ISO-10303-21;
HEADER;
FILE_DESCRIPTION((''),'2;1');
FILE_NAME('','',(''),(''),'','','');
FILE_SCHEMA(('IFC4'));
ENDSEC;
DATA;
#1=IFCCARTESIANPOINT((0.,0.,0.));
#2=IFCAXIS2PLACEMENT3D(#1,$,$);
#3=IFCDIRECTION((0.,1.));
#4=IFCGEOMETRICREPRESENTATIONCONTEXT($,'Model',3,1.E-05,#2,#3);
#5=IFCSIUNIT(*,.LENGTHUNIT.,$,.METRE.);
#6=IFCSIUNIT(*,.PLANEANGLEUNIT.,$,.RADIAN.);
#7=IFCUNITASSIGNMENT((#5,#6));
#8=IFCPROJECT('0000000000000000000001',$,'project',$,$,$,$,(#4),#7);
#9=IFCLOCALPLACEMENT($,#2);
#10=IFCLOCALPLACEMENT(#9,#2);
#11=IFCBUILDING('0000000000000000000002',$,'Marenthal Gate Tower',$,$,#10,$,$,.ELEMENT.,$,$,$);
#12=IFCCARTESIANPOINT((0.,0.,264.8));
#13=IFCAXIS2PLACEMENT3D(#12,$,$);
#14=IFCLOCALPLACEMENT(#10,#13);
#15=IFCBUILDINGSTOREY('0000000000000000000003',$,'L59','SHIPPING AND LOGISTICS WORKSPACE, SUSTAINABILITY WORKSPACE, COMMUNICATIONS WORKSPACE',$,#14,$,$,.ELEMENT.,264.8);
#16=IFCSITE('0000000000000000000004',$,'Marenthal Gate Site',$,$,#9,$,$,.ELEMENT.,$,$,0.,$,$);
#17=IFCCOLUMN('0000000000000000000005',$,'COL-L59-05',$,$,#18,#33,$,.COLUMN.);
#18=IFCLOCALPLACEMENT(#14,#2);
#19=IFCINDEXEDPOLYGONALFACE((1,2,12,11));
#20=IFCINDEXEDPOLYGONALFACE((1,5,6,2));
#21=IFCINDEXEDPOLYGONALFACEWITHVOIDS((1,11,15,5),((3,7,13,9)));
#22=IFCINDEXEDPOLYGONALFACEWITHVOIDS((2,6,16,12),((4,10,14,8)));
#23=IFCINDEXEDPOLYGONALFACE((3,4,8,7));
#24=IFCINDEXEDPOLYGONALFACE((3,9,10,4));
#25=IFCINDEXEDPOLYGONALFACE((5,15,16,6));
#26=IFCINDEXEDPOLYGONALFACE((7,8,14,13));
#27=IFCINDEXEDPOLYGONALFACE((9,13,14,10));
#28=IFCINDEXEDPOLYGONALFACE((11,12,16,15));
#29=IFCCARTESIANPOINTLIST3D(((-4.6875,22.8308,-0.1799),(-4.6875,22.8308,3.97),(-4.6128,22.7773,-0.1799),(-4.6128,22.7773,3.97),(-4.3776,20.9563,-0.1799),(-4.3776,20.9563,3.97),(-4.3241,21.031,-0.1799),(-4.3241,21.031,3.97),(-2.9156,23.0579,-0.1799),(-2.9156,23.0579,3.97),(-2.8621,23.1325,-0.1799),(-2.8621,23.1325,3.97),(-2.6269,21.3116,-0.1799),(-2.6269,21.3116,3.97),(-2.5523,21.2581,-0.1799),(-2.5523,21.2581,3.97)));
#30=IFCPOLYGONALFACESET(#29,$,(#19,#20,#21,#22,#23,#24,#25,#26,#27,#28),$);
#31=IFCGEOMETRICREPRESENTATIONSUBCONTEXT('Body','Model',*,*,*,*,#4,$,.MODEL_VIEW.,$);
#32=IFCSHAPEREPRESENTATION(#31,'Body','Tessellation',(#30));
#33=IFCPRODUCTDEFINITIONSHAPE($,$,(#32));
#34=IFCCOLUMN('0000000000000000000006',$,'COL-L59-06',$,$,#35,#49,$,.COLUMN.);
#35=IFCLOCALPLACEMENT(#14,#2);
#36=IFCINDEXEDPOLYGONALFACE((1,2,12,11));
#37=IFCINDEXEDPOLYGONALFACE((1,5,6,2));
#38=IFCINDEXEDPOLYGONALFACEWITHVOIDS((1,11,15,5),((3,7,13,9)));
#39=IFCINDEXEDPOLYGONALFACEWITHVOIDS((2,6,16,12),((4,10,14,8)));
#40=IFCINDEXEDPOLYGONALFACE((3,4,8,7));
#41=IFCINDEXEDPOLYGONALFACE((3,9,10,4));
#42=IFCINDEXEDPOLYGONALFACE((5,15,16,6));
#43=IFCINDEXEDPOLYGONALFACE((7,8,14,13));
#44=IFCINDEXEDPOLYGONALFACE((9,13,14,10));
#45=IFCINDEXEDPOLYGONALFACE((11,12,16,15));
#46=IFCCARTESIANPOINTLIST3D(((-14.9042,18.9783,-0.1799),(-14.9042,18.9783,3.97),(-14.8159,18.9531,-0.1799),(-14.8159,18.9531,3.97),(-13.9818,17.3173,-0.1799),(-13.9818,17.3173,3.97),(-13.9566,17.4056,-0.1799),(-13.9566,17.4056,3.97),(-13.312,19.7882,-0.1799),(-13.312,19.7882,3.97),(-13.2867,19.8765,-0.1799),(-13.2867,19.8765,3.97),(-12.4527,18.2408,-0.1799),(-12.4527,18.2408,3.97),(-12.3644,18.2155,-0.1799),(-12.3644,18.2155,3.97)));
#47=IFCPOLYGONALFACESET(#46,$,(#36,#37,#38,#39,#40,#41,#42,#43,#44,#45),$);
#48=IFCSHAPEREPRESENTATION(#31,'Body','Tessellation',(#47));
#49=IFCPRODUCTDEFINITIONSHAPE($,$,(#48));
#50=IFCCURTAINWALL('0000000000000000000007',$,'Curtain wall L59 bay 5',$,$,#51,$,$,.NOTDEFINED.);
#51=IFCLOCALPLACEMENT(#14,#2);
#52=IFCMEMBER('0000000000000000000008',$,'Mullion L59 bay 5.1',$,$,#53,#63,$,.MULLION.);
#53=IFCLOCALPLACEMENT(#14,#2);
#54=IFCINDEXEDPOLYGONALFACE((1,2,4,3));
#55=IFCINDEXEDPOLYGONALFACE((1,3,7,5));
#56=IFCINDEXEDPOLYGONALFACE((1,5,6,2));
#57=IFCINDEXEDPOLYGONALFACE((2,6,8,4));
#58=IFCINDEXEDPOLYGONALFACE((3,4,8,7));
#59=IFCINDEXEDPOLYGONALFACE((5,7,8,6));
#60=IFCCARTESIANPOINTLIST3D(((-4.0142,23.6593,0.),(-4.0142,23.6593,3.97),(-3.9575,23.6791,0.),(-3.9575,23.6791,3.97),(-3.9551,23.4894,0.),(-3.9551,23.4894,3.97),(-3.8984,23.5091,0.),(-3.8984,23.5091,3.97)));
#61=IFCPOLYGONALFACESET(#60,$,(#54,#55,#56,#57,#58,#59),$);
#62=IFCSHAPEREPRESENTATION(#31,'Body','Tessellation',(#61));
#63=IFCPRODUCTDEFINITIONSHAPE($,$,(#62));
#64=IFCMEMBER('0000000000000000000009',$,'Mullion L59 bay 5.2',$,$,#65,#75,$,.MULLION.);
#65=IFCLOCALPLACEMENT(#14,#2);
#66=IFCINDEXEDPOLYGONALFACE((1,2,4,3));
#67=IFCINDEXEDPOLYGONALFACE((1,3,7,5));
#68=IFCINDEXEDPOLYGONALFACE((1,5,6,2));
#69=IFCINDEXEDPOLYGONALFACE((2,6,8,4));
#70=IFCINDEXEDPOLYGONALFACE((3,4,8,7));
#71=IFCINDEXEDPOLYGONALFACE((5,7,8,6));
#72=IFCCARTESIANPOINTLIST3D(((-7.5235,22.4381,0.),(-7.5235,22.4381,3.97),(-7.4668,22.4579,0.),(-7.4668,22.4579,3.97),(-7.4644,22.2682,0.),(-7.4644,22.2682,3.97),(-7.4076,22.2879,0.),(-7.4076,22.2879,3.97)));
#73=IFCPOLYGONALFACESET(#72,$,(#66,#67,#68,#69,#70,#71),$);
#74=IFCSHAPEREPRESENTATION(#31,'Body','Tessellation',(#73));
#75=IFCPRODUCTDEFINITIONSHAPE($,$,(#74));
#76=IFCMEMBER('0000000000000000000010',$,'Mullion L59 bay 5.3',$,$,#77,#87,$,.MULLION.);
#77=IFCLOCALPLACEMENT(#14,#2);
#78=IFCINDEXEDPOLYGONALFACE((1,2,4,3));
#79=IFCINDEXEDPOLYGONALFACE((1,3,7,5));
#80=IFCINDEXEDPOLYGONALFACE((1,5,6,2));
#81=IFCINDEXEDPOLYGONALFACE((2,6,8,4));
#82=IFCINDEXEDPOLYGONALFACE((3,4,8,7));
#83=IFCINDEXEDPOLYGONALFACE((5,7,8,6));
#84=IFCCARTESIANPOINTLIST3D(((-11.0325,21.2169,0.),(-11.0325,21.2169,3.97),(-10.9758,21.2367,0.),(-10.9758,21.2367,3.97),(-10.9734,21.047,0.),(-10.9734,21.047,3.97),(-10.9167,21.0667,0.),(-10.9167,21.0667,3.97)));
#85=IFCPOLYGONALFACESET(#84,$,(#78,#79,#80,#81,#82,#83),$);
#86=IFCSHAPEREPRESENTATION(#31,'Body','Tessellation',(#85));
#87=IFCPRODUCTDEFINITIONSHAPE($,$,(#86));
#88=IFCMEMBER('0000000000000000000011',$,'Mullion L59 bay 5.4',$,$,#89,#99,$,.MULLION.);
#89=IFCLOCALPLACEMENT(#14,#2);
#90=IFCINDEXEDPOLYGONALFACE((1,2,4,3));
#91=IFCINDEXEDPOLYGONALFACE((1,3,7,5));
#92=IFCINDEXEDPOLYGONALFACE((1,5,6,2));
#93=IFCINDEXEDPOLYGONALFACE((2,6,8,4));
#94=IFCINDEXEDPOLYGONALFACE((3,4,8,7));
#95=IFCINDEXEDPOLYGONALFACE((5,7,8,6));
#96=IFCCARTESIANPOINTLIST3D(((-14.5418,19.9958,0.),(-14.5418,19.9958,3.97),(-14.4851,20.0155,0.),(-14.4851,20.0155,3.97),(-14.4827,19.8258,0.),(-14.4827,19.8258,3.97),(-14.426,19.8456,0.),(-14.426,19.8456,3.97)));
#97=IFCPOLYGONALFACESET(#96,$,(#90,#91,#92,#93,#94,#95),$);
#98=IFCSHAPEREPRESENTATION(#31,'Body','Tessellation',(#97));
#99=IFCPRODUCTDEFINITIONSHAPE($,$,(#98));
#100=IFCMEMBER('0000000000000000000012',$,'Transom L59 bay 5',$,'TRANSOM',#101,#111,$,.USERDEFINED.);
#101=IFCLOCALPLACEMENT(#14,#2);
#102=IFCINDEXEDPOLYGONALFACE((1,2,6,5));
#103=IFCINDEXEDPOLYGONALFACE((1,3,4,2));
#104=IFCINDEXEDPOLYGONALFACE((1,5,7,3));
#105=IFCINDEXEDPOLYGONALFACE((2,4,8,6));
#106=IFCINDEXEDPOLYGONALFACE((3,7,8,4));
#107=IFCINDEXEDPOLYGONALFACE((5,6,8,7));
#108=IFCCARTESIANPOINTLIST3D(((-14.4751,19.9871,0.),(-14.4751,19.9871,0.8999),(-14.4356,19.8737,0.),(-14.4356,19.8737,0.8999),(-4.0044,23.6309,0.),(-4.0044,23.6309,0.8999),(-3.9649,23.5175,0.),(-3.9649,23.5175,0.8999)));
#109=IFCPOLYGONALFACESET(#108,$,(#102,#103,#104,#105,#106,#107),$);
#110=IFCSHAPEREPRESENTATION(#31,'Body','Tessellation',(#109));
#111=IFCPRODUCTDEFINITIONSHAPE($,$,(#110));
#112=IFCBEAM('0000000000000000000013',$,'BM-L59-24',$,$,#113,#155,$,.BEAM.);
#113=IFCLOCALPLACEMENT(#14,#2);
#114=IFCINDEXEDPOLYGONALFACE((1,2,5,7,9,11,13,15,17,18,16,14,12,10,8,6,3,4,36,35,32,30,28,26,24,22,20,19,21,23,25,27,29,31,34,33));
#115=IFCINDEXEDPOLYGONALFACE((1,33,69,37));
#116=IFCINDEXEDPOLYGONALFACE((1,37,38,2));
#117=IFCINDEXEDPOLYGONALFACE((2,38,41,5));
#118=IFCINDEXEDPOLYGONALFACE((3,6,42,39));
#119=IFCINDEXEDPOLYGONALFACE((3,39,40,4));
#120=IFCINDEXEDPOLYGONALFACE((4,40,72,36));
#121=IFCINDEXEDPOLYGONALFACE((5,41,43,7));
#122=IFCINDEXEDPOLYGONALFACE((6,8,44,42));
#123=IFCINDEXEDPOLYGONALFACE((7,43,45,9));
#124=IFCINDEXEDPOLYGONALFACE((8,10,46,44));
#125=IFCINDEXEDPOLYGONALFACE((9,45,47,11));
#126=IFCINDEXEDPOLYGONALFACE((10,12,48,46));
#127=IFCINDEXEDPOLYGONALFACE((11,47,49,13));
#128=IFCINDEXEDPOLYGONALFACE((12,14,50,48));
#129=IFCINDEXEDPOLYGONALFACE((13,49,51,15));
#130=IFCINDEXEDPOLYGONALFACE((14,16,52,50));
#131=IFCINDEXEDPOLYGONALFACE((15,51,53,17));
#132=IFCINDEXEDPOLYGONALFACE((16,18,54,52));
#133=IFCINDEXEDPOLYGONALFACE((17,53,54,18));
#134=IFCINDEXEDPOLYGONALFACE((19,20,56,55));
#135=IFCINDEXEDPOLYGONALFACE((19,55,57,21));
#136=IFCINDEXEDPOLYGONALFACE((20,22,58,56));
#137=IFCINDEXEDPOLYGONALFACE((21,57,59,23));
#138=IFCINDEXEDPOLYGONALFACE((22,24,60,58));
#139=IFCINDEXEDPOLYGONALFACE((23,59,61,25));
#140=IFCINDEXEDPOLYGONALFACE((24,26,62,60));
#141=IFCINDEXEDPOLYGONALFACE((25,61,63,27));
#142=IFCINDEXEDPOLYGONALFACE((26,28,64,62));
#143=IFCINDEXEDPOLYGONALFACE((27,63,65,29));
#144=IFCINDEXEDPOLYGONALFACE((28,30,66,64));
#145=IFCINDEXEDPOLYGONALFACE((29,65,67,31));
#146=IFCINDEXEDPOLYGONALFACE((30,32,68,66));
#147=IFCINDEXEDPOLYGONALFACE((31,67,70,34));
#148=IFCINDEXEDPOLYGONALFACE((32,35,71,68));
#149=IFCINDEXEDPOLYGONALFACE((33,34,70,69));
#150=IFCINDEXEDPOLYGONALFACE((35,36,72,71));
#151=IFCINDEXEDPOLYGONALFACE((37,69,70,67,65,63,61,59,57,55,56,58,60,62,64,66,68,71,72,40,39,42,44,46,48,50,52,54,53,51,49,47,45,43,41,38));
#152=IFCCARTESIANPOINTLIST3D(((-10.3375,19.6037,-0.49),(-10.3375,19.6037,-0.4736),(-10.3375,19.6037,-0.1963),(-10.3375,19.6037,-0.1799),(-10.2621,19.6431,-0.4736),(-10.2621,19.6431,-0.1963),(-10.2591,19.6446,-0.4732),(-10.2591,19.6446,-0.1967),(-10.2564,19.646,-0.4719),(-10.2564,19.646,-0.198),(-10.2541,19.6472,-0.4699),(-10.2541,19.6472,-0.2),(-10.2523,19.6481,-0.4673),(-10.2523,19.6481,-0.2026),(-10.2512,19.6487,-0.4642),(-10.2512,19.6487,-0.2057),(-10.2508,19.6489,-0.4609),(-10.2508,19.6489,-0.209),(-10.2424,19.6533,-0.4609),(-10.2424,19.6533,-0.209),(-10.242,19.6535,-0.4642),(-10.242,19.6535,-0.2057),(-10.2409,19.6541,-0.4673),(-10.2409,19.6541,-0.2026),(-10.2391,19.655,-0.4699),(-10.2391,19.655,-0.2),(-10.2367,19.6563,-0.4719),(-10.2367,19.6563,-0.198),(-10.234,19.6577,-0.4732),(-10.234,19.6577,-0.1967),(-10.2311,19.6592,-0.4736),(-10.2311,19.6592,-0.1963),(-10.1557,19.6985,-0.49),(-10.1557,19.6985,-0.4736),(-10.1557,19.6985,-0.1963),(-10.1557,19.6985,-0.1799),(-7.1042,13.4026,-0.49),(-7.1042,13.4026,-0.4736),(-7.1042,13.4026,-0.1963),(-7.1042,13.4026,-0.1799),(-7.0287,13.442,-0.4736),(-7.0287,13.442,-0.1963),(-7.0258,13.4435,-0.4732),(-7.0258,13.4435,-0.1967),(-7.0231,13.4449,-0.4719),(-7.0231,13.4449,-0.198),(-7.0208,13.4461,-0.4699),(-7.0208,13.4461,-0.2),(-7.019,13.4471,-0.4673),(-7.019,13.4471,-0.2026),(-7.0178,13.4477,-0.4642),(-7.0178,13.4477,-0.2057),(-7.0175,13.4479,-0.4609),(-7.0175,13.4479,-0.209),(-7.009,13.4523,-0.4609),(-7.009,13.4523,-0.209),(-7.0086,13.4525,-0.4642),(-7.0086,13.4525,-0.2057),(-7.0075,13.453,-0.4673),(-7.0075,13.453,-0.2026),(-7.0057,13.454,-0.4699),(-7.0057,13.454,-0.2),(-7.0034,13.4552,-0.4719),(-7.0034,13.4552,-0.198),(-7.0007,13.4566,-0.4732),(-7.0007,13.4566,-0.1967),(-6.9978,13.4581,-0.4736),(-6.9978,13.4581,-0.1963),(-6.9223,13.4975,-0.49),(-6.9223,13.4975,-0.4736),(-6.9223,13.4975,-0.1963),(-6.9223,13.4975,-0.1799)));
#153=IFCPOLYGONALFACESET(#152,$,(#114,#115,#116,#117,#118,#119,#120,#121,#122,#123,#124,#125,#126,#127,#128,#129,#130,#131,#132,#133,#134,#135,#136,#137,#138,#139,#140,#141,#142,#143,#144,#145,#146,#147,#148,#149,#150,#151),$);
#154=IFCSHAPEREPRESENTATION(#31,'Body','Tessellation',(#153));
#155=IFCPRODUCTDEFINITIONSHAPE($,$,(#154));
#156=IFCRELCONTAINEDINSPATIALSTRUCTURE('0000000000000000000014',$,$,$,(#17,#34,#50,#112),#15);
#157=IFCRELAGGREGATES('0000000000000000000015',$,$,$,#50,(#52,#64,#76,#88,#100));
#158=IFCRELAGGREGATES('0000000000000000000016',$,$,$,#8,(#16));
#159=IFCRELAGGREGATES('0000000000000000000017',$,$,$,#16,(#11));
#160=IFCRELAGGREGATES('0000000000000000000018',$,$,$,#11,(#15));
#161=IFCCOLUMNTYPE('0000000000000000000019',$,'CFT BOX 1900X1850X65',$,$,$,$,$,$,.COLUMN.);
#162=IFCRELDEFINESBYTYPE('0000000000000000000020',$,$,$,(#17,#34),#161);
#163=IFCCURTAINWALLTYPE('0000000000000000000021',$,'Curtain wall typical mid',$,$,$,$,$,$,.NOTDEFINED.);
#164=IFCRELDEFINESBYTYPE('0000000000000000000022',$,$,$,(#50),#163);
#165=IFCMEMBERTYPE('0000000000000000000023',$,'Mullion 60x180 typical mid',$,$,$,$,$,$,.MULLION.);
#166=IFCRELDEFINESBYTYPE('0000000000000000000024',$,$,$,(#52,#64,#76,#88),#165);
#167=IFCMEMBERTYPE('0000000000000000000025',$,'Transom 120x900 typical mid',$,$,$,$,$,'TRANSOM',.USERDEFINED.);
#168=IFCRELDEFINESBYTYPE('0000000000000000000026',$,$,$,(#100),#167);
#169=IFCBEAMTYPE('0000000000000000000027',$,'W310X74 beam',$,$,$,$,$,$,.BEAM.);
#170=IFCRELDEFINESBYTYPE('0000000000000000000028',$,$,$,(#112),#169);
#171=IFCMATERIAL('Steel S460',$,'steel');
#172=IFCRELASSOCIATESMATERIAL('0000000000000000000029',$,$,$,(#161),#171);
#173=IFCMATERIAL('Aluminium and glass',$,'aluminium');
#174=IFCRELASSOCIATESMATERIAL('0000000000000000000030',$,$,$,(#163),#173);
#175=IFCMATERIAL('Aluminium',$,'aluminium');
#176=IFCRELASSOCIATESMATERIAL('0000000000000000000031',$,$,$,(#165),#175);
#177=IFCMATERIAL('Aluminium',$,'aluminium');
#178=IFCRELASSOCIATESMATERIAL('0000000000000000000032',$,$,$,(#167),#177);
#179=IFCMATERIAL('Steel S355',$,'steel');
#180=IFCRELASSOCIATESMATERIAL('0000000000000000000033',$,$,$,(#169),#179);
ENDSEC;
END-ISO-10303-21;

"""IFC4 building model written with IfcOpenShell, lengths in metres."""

from ifc_helpers import new_model, si_unit, direction, frame, origin, origin_2d, place, context, subcontext, project, spatial, rectangle, hollow_rectangle, i_section, extrude, material, material_profile, profile_set, type_object, element, aggregate, save


model = new_model("IFC4")

# Units and contexts
model_context = context("Model", 3, precision=1e-05, world=origin(), true_north=direction((0.0, 1.0)))
body_context = subcontext(model_context, "Body", "Model", "MODEL_VIEW")
ifc_project = project(units=[si_unit("LENGTHUNIT", "METRE"), si_unit("PLANEANGLEUNIT", "RADIAN")], contexts=[model_context])

# Site, building, storey
site_placement = place(None, origin())
site = spatial("IfcSite", under=ifc_project, at=site_placement, Name="Marenthal Gate Site", CompositionType="ELEMENT", RefElevation=0.0)
building_placement = place(site_placement, origin())
building = spatial("IfcBuilding", under=site, at=building_placement, Name="Marenthal Gate Tower", CompositionType="ELEMENT")
storey_placement = place(building_placement, frame((0.0, 0.0, 264.8)))
storey = spatial("IfcBuildingStorey", under=building, at=storey_placement, Name="L59", Description="SHIPPING AND LOGISTICS WORKSPACE, SUSTAINABILITY WORKSPACE, COMMUNICATIONS WORKSPACE", CompositionType="ELEMENT", Elevation=264.8)

# Columns
ifc_material_1 = material(Name="Steel S460", Category="steel")
ifc_material_profile_1 = material_profile(ifc_material_1, hollow_rectangle(XDim=1.8501, YDim=1.8999, WallThickness=0.0649, at=origin_2d()), Name="CFT BOX 1900X1850X65")
ifc_material_2 = material(Name="Concrete 70 MPa", Category="concrete")
ifc_material_profile_2 = material_profile(ifc_material_2, rectangle(XDim=1.72, YDim=1.77, at=origin_2d()), Name="CFT BOX 1900X1850X65 INFILL")
ifc_profile_set_1 = profile_set([ifc_material_profile_1, ifc_material_profile_2], Name="Steel S460 shell, Concrete 70 MPa infill")
column_type = type_object("IfcColumnType", Name="CFT BOX 1900X1850X65", PredefinedType="COLUMN", material=ifc_profile_set_1)
for number, where, z_axis, x_axis, name in (
    (1, (-3.6199, 22.0444, -0.1799), (0.0, 0.0, 1.0), (0.98661, 0.163097, 0.0), "COL-L59-05"),
    (2, (-13.6343, 18.5969, -0.1799), (0.0, 0.0, 1.0), (0.874251, 0.485475, 0.0), "COL-L59-06"),
):
    element("IfcColumn", number, at=place(storey_placement, frame(where, z_axis=z_axis, x_axis=x_axis)), inside=storey, type_object=column_type, Name=name, PredefinedType="COLUMN", context=body_context, shape_type="SweptSolid", body=[
        extrude(hollow_rectangle(XDim=1.8501, YDim=1.8999, WallThickness=0.0649, at=origin_2d()), origin(), (0.0, 0.0, 1.0), 4.1499),
    ])

# Curtain wall, members
ifc_material_3 = material(Name="Aluminium and glass", Category="aluminium")
curtain_wall_type = type_object("IfcCurtainWallType", Name="Curtain wall typical mid", PredefinedType="NOTDEFINED", material=ifc_material_3)
curtain_wall_placement = place(storey_placement, origin())
curtain_wall = element("IfcCurtainWall", 3, at=curtain_wall_placement, inside=storey, type_object=curtain_wall_type, Name="Curtain wall L59 bay 5", PredefinedType="NOTDEFINED")
ifc_material_4 = material(Name="Aluminium", Category="aluminium")
ifc_material_profile_3 = material_profile(ifc_material_4, rectangle(XDim=0.1799, YDim=0.0601, at=origin_2d()), Name="60x180 aluminium mullion")
ifc_profile_set_2 = profile_set([ifc_material_profile_3], Name="Aluminium")
member_type_1 = type_object("IfcMemberType", Name="Mullion 60x180 typical mid", PredefinedType="MULLION", material=ifc_profile_set_2)
member_1_placement = place(storey_placement, frame((-3.9563, 23.5842, 0.0), z_axis=(0.0, 0.0, 1.0), x_axis=(0.32867, -0.944445, 0.0)))
member_1 = element("IfcMember", 4, at=member_1_placement, type_object=member_type_1, Name="Mullion L59 bay 5.1", PredefinedType="MULLION", context=body_context, shape_type="SweptSolid", body=[
    extrude(rectangle(XDim=0.1799, YDim=0.0601, at=origin_2d()), origin(), (0.0, 0.0, 1.0), 3.97),
])
member_2_placement = place(storey_placement, frame((-7.4656, 22.363, 0.0), z_axis=(0.0, 0.0, 1.0), x_axis=(0.32867, -0.944445, 0.0)))
member_2 = element("IfcMember", 5, at=member_2_placement, type_object=member_type_1, Name="Mullion L59 bay 5.2", PredefinedType="MULLION", context=body_context, shape_type="SweptSolid", body=[
    extrude(rectangle(XDim=0.1799, YDim=0.0601, at=origin_2d()), origin(), (0.0, 0.0, 1.0), 3.97),
])
member_3_placement = place(storey_placement, frame((-10.9746, 21.1418, 0.0), z_axis=(0.0, 0.0, 1.0), x_axis=(0.32867, -0.944445, 0.0)))
member_3 = element("IfcMember", 6, at=member_3_placement, type_object=member_type_1, Name="Mullion L59 bay 5.3", PredefinedType="MULLION", context=body_context, shape_type="SweptSolid", body=[
    extrude(rectangle(XDim=0.1799, YDim=0.0601, at=origin_2d()), origin(), (0.0, 0.0, 1.0), 3.97),
])
member_4_placement = place(storey_placement, frame((-14.4839, 19.9207, 0.0), z_axis=(0.0, 0.0, 1.0), x_axis=(0.32867, -0.944445, 0.0)))
member_4 = element("IfcMember", 7, at=member_4_placement, type_object=member_type_1, Name="Mullion L59 bay 5.4", PredefinedType="MULLION", context=body_context, shape_type="SweptSolid", body=[
    extrude(rectangle(XDim=0.1799, YDim=0.0601, at=origin_2d()), origin(), (0.0, 0.0, 1.0), 3.97),
])
ifc_material_5 = material(Name="Aluminium", Category="aluminium")
ifc_material_profile_4 = material_profile(ifc_material_5, rectangle(XDim=0.1201, YDim=0.8999, at=origin_2d()), Name="120x900 aluminium transom")
ifc_profile_set_3 = profile_set([ifc_material_profile_4], Name="Aluminium")
member_type_2 = type_object("IfcMemberType", Name="Transom 120x900 typical mid", ElementType="TRANSOM", PredefinedType="USERDEFINED", material=ifc_profile_set_3)
member_5_placement = place(storey_placement, frame((-3.9846, 23.5742, 0.45), z_axis=(-0.944446, -0.328667, 0.0), x_axis=(0.328667, -0.944446, 0.0)))
member_5 = element("IfcMember", 8, at=member_5_placement, type_object=member_type_2, Name="Transom L59 bay 5", ObjectType="TRANSOM", PredefinedType="USERDEFINED", context=body_context, shape_type="SweptSolid", body=[
    extrude(rectangle(XDim=0.1201, YDim=0.8999, at=origin_2d()), origin(), (0.0, 0.0, 1.0), 11.0867),
])

# Beam
ifc_material_6 = material(Name="Steel S355", Category="steel")
ifc_material_profile_5 = material_profile(ifc_material_6, i_section(OverallWidth=0.2051, OverallDepth=0.3101, WebThickness=0.0095, FlangeThickness=0.0164, FilletRadius=0.0127, at=origin_2d()), Name="W310X74")
ifc_profile_set_4 = profile_set([ifc_material_profile_5], Name="Steel S355")
beam_type_1 = type_object("IfcBeamType", Name="W310X74 beam", PredefinedType="BEAM", material=ifc_profile_set_4)
beam_1_placement = place(storey_placement, frame((-10.2466, 19.6511, -0.335), z_axis=(0.462342, -0.886702, 0.0), x_axis=(0.886702, 0.462342, 0.0)))
element("IfcBeam", 9, at=beam_1_placement, inside=storey, type_object=beam_type_1, Name="BM-L59-24", PredefinedType="BEAM", context=body_context, shape_type="SweptSolid", body=[
    extrude(i_section(OverallWidth=0.2051, OverallDepth=0.3101, WebThickness=0.0095, FlangeThickness=0.0164, FilletRadius=0.0127, at=origin_2d()), origin(), (0.0, 0.0, 1.0), 6.9934),
])

aggregate(curtain_wall, [member_1, member_2, member_3, member_4, member_5])

save(model, "model.ifc")
